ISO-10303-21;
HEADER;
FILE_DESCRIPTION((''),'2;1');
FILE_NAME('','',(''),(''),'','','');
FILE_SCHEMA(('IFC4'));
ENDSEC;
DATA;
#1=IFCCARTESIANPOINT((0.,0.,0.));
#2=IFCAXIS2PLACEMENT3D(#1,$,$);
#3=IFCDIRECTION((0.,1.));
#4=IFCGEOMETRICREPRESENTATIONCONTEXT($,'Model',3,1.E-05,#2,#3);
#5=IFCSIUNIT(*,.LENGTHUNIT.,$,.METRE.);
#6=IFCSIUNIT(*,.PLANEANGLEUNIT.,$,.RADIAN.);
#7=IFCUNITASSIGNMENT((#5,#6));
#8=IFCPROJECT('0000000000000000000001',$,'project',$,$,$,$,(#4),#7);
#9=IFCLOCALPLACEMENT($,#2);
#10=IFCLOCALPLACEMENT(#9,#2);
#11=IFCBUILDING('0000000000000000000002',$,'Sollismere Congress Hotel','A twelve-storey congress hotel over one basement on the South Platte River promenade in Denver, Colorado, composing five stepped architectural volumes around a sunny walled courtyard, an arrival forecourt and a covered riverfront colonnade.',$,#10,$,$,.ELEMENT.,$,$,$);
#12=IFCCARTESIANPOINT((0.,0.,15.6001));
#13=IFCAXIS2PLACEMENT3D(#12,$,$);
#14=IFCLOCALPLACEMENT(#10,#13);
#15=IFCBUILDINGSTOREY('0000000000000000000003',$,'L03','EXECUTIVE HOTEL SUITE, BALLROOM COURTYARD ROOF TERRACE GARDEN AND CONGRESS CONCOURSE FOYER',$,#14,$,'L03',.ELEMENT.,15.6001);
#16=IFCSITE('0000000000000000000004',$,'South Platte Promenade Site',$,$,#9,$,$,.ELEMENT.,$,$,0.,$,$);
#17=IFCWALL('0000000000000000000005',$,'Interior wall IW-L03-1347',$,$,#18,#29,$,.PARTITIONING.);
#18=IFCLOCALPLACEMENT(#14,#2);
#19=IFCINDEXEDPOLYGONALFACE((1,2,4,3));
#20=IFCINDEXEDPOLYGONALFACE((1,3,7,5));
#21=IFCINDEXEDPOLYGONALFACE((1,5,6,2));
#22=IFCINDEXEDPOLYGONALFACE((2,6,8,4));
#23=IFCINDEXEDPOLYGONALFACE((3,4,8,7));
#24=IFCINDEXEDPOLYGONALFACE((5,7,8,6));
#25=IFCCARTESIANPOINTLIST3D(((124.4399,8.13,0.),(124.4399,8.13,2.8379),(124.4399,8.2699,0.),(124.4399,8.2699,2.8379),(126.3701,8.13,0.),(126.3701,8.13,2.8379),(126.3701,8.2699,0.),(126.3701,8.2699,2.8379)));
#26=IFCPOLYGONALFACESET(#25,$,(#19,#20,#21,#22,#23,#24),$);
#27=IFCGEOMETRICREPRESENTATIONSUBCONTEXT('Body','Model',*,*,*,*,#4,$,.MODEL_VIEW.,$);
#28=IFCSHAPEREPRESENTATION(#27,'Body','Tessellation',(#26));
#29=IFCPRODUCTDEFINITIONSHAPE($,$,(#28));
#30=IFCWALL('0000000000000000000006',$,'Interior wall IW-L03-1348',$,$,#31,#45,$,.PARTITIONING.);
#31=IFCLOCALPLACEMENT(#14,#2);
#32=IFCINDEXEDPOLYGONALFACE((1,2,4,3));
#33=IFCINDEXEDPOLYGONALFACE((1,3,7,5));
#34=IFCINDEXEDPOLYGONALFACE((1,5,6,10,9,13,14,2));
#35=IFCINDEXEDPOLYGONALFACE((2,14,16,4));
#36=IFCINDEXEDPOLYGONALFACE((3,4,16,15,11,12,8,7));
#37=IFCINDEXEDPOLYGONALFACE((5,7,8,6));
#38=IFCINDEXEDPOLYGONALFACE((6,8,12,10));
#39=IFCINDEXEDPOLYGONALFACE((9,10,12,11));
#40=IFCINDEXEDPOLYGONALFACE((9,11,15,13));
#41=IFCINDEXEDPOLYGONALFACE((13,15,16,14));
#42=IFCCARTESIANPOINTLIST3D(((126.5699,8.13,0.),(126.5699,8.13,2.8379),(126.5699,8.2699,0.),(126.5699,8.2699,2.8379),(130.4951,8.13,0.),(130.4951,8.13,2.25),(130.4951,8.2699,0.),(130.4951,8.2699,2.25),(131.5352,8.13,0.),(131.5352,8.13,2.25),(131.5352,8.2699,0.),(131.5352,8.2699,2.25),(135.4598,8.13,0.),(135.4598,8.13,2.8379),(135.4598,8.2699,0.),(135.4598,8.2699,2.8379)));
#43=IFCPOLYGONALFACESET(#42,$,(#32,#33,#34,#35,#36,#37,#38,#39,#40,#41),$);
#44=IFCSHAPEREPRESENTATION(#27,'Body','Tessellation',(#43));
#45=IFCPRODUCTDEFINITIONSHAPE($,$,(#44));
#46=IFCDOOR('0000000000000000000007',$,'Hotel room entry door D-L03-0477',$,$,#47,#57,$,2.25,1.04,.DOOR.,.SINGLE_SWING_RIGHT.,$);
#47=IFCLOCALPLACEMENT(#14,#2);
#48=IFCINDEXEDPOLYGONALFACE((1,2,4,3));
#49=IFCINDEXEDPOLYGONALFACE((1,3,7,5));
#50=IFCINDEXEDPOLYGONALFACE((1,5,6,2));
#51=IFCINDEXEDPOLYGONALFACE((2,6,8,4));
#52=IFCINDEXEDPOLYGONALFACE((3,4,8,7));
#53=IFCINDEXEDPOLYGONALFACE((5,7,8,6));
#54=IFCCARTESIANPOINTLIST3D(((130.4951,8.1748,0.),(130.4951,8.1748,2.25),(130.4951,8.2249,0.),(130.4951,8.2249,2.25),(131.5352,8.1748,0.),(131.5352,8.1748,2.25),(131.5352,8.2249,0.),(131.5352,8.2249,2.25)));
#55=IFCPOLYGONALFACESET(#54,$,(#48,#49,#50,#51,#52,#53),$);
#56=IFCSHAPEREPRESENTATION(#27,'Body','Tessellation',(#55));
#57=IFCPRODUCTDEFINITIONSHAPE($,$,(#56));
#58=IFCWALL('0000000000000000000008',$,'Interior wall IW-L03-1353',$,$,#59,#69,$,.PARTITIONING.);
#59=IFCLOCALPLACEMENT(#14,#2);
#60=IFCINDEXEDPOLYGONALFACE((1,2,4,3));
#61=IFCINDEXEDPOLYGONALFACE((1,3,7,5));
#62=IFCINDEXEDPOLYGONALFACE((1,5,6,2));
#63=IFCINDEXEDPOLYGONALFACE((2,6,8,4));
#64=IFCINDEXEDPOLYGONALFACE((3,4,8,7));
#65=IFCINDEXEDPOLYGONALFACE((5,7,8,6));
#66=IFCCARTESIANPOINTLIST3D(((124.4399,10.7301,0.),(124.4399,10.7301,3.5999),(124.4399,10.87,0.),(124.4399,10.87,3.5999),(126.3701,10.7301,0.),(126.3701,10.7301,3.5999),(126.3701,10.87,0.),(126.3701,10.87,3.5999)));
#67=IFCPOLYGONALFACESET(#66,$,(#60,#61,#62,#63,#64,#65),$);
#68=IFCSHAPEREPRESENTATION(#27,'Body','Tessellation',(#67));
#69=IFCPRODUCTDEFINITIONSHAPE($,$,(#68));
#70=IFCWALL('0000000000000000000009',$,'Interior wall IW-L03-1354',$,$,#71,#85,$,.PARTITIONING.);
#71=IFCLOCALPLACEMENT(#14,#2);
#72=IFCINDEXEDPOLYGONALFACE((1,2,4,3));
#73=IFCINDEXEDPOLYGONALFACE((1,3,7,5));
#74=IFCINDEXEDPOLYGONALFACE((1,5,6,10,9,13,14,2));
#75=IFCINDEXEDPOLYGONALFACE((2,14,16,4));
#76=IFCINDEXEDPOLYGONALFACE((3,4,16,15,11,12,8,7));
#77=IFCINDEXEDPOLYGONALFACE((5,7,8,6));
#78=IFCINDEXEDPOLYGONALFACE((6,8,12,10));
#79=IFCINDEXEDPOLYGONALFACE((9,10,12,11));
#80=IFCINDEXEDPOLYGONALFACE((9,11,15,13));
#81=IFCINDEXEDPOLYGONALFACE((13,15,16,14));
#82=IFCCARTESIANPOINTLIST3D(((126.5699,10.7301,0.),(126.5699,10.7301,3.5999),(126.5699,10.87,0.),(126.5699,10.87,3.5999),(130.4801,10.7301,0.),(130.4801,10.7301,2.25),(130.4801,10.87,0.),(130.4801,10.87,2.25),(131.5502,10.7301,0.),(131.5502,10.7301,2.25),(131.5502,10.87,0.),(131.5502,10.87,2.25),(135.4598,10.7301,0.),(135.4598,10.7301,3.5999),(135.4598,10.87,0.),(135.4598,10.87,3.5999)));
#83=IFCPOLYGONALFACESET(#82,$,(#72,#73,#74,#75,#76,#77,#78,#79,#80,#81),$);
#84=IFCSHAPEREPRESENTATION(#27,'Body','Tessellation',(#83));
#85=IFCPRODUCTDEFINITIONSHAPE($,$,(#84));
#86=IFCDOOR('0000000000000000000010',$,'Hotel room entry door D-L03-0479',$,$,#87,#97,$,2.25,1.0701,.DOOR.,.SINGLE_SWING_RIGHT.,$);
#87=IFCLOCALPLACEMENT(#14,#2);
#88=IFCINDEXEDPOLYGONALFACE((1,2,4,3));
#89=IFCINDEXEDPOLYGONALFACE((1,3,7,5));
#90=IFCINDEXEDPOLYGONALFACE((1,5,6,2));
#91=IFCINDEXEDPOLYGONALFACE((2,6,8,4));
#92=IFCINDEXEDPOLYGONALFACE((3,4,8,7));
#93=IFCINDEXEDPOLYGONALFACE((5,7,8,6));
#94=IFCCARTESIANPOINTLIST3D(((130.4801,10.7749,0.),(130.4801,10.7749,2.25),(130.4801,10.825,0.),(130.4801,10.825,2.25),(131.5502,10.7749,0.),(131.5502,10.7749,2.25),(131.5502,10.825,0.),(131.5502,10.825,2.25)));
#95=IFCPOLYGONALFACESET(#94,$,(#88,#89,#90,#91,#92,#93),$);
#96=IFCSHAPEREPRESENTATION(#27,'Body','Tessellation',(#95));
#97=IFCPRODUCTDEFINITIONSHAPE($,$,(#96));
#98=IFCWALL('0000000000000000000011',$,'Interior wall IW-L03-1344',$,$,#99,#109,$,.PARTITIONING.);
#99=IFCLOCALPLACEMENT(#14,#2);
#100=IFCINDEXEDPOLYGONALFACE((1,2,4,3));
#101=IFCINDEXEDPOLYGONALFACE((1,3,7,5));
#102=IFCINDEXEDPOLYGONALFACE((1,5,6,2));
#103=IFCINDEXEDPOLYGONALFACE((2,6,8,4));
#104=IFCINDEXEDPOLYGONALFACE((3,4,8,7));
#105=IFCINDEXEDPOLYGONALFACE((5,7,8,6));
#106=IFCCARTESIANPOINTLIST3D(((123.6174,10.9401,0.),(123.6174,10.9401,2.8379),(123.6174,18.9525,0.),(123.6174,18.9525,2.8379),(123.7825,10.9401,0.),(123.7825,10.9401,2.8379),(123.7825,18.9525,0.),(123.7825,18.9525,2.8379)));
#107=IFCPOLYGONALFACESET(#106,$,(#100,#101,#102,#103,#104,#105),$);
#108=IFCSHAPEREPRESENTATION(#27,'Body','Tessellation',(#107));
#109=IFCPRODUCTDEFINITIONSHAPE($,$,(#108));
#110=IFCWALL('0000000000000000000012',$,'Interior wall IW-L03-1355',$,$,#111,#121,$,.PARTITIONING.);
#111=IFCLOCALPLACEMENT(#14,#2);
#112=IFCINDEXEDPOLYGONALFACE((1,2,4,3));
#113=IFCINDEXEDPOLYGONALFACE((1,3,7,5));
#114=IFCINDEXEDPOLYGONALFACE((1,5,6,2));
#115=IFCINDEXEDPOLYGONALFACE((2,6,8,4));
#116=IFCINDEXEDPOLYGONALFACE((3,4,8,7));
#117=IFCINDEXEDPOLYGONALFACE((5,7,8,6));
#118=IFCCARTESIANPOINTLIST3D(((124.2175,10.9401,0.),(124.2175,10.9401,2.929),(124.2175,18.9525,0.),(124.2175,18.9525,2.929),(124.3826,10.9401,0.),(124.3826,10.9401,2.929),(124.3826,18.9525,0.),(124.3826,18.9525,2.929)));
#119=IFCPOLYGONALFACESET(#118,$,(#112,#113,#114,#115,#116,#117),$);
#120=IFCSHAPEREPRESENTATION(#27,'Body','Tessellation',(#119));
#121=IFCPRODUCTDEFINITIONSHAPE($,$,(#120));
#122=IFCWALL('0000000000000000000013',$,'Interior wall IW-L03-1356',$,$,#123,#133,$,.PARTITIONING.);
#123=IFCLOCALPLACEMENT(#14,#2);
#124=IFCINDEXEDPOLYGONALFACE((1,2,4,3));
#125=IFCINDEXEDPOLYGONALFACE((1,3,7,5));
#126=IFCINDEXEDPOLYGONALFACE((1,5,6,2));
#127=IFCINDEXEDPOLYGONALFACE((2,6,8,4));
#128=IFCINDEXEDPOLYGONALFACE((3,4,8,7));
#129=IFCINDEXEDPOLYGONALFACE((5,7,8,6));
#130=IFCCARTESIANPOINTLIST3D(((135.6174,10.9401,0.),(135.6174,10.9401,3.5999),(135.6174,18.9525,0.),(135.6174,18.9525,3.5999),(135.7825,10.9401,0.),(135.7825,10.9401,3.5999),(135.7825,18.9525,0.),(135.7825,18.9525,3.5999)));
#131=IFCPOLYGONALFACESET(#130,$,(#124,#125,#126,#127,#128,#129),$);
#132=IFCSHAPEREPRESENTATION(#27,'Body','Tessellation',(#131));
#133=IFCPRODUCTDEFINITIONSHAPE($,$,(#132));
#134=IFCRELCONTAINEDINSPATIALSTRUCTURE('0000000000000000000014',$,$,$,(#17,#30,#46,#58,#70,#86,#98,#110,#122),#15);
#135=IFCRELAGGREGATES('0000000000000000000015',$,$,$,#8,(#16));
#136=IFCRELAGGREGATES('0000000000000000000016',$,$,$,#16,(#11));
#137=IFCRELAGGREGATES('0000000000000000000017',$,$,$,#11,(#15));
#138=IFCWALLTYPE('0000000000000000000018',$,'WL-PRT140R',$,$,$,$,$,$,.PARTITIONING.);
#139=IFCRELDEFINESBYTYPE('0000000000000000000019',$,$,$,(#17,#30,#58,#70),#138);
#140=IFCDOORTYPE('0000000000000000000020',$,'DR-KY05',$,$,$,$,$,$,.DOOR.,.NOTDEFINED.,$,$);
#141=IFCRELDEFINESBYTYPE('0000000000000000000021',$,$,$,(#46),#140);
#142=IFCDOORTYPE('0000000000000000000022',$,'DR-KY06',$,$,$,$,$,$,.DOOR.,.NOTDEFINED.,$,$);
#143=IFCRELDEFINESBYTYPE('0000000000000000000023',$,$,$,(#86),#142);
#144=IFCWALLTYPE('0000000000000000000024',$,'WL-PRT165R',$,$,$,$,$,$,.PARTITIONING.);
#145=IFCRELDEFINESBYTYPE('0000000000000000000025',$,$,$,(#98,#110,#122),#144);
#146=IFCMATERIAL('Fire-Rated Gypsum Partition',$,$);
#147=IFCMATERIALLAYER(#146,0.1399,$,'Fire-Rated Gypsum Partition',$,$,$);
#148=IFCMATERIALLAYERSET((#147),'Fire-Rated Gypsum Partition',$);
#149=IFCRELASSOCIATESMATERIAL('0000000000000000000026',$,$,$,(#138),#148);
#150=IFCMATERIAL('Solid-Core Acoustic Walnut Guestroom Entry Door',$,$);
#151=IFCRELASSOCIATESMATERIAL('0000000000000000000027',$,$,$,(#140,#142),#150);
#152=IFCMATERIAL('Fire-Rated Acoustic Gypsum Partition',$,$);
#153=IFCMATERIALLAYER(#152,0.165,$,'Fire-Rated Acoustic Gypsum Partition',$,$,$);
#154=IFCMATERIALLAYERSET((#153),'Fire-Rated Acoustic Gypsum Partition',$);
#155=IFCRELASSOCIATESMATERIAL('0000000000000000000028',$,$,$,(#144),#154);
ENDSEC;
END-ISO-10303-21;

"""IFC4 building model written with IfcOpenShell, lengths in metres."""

from ifc_helpers import new_model, si_unit, direction, frame, frame_2d, origin, place, context, subcontext, project, spatial, rectangle, extrude, material, layer, layer_set, type_object, element, fill, save


model = new_model("IFC4")

# Units and contexts
model_context = context("Model", 3, precision=1e-05, world=origin(), true_north=direction((0.0, 1.0)))
body_context = subcontext(model_context, "Body", "Model", "MODEL_VIEW")
ifc_project = project(units=[si_unit("LENGTHUNIT", "METRE"), si_unit("PLANEANGLEUNIT", "RADIAN")], contexts=[model_context])

# Site, building, storey
site_placement = place(None, origin())
site = spatial("IfcSite", under=ifc_project, at=site_placement, Name="South Platte Promenade Site", CompositionType="ELEMENT", RefElevation=0.0)
building_placement = place(site_placement, origin())
building = spatial("IfcBuilding", under=site, at=building_placement, Name="Sollismere Congress Hotel", Description="A twelve-storey congress hotel over one basement on the South Platte River promenade in Denver, Colorado, composing five stepped architectural volumes around a sunny walled courtyard, an arrival forecourt and a covered riverfront colonnade.", CompositionType="ELEMENT")
storey_placement = place(building_placement, frame((0.0, 0.0, 15.6001)))
storey = spatial("IfcBuildingStorey", under=building, at=storey_placement, Name="L03", Description="EXECUTIVE HOTEL SUITE, BALLROOM COURTYARD ROOF TERRACE GARDEN AND CONGRESS CONCOURSE FOYER", LongName="L03", CompositionType="ELEMENT", Elevation=15.6001)

# Shared definitions
ifc_material_1 = material(Name="Fire-Rated Gypsum Partition")
ifc_layer_1 = layer(ifc_material_1, 0.1399, Name="Fire-Rated Gypsum Partition")
ifc_layer_set_1 = layer_set([ifc_layer_1], Name="Fire-Rated Gypsum Partition")
wall_type_1 = type_object("IfcWallType", Name="WL-PRT140R", PredefinedType="PARTITIONING", material=ifc_layer_set_1)
ifc_material_2 = material(Name="Solid-Core Acoustic Walnut Guestroom Entry Door")

# Wall
wall_1_placement = place(storey_placement, frame((124.4399, 8.2, 0.0), z_axis=(0.0, 0.0, 1.0), x_axis=(1.0, 0.0, 0.0)))
element("IfcWall", 1, at=wall_1_placement, inside=storey, type_object=wall_type_1, Name="Interior wall IW-L03-1347", PredefinedType="PARTITIONING", context=body_context, shape_type="SweptSolid", body=[
    extrude(rectangle(XDim=1.9302, YDim=0.1399, at=frame_2d((0.9651, 0.0))), origin(), (0.0, 0.0, 1.0), 2.8379),
])

# Wall, opening, door
wall_2_placement = place(storey_placement, frame((126.5701, 8.2, 0.0), z_axis=(0.0, 0.0, 1.0), x_axis=(1.0, 0.0, 0.0)))
wall_2 = element("IfcWall", 2, at=wall_2_placement, inside=storey, type_object=wall_type_1, Name="Interior wall IW-L03-1348", PredefinedType="PARTITIONING", context=body_context, shape_type="SweptSolid", body=[
    extrude(rectangle(XDim=8.8899, YDim=0.1399, at=frame_2d((4.4448, 0.0))), origin(), (0.0, 0.0, 1.0), 2.8379),
])
opening_1_placement = place(wall_2_placement, frame((3.925, 0.0, 0.0)))
opening_1 = element("IfcOpeningElement", 3, at=opening_1_placement, cuts=wall_2, PredefinedType="OPENING", context=body_context, shape_type="SweptSolid", body=[
    extrude(rectangle(XDim=1.04, YDim=2.25, at=frame_2d((0.52, 1.125))), frame((0.0, 0.0798, 0.0), z_axis=(0.0, -1.0, 0.0), x_axis=(1.0, 0.0, 0.0)), (0.0, 0.0, 1.0), 0.1599),
])
door_type_1 = type_object("IfcDoorType", Name="DR-KY05", OperationType="NOTDEFINED", PredefinedType="DOOR", material=ifc_material_2)
door_1_placement = place(opening_1_placement, origin())
door_1 = element("IfcDoor", 4, at=door_1_placement, inside=storey, type_object=door_type_1, Name="Hotel room entry door D-L03-0477", OperationType="SINGLE_SWING_RIGHT", OverallHeight=2.25, OverallWidth=1.04, PredefinedType="DOOR", context=body_context, shape_type="SweptSolid", body=[
    extrude(rectangle(XDim=1.04, YDim=2.25, at=frame_2d((0.52, 1.125))), frame((0.0, 0.0249, 0.0), z_axis=(0.0, -1.0, 0.0), x_axis=(1.0, 0.0, 0.0)), (0.0, 0.0, 1.0), 0.05),
])
fill(opening_1, door_1)

# Wall
wall_3_placement = place(storey_placement, frame((124.4399, 10.8, 0.0), z_axis=(0.0, 0.0, 1.0), x_axis=(1.0, 0.0, 0.0)))
element("IfcWall", 5, at=wall_3_placement, inside=storey, type_object=wall_type_1, Name="Interior wall IW-L03-1353", PredefinedType="PARTITIONING", context=body_context, shape_type="SweptSolid", body=[
    extrude(rectangle(XDim=1.9302, YDim=0.1399, at=frame_2d((0.9651, 0.0))), origin(), (0.0, 0.0, 1.0), 3.5999),
])

# Wall, opening, door
wall_4_placement = place(storey_placement, frame((126.5701, 10.8, 0.0), z_axis=(0.0, 0.0, 1.0), x_axis=(1.0, 0.0, 0.0)))
wall_4 = element("IfcWall", 6, at=wall_4_placement, inside=storey, type_object=wall_type_1, Name="Interior wall IW-L03-1354", PredefinedType="PARTITIONING", context=body_context, shape_type="SweptSolid", body=[
    extrude(rectangle(XDim=8.8899, YDim=0.1399, at=frame_2d((4.4448, 0.0))), origin(), (0.0, 0.0, 1.0), 3.5999),
])
opening_2_placement = place(wall_4_placement, frame((3.9099, 0.0, 0.0)))
opening_2 = element("IfcOpeningElement", 7, at=opening_2_placement, cuts=wall_4, PredefinedType="OPENING", context=body_context, shape_type="SweptSolid", body=[
    extrude(rectangle(XDim=1.0701, YDim=2.25, at=frame_2d((0.5352, 1.125))), frame((0.0, 0.0798, 0.0), z_axis=(0.0, -1.0, 0.0), x_axis=(1.0, 0.0, 0.0)), (0.0, 0.0, 1.0), 0.1599),
])
door_type_2 = type_object("IfcDoorType", Name="DR-KY06", OperationType="NOTDEFINED", PredefinedType="DOOR", material=ifc_material_2)
door_2_placement = place(opening_2_placement, origin())
door_2 = element("IfcDoor", 8, at=door_2_placement, inside=storey, type_object=door_type_2, Name="Hotel room entry door D-L03-0479", OperationType="SINGLE_SWING_RIGHT", OverallHeight=2.25, OverallWidth=1.0701, PredefinedType="DOOR", context=body_context, shape_type="SweptSolid", body=[
    extrude(rectangle(XDim=1.0701, YDim=2.25, at=frame_2d((0.5352, 1.125))), frame((0.0, 0.0249, 0.0), z_axis=(0.0, -1.0, 0.0), x_axis=(1.0, 0.0, 0.0)), (0.0, 0.0, 1.0), 0.05),
])
fill(opening_2, door_2)

# Walls
ifc_material_3 = material(Name="Fire-Rated Acoustic Gypsum Partition")
ifc_layer_2 = layer(ifc_material_3, 0.165, Name="Fire-Rated Acoustic Gypsum Partition")
ifc_layer_set_2 = layer_set([ifc_layer_2], Name="Fire-Rated Acoustic Gypsum Partition")
wall_type_2 = type_object("IfcWallType", Name="WL-PRT165R", PredefinedType="PARTITIONING", material=ifc_layer_set_2)
wall_5_placement = place(storey_placement, frame((123.7, 10.9399, 0.0), z_axis=(0.0, 0.0, 1.0), x_axis=(0.0, 1.0, 0.0)))
element("IfcWall", 9, at=wall_5_placement, inside=storey, type_object=wall_type_2, Name="Interior wall IW-L03-1344", PredefinedType="PARTITIONING", context=body_context, shape_type="SweptSolid", body=[
    extrude(rectangle(XDim=8.0125, YDim=0.165, at=frame_2d((4.0063, 0.0))), origin(), (0.0, 0.0, 1.0), 2.8379),
])
wall_6_placement = place(storey_placement, frame((124.3, 10.9399, 0.0), z_axis=(0.0, 0.0, 1.0), x_axis=(0.0, 1.0, 0.0)))
element("IfcWall", 10, at=wall_6_placement, inside=storey, type_object=wall_type_2, Name="Interior wall IW-L03-1355", PredefinedType="PARTITIONING", context=body_context, shape_type="SweptSolid", body=[
    extrude(rectangle(XDim=8.0125, YDim=0.165, at=frame_2d((4.0063, 0.0))), origin(), (0.0, 0.0, 1.0), 2.929),
])
wall_7_placement = place(storey_placement, frame((135.7, 10.9399, 0.0), z_axis=(0.0, 0.0, 1.0), x_axis=(0.0, 1.0, 0.0)))
element("IfcWall", 11, at=wall_7_placement, inside=storey, type_object=wall_type_2, Name="Interior wall IW-L03-1356", PredefinedType="PARTITIONING", context=body_context, shape_type="SweptSolid", body=[
    extrude(rectangle(XDim=8.0125, YDim=0.165, at=frame_2d((4.0063, 0.0))), origin(), (0.0, 0.0, 1.0), 3.5999),
])

save(model, "model.ifc")
